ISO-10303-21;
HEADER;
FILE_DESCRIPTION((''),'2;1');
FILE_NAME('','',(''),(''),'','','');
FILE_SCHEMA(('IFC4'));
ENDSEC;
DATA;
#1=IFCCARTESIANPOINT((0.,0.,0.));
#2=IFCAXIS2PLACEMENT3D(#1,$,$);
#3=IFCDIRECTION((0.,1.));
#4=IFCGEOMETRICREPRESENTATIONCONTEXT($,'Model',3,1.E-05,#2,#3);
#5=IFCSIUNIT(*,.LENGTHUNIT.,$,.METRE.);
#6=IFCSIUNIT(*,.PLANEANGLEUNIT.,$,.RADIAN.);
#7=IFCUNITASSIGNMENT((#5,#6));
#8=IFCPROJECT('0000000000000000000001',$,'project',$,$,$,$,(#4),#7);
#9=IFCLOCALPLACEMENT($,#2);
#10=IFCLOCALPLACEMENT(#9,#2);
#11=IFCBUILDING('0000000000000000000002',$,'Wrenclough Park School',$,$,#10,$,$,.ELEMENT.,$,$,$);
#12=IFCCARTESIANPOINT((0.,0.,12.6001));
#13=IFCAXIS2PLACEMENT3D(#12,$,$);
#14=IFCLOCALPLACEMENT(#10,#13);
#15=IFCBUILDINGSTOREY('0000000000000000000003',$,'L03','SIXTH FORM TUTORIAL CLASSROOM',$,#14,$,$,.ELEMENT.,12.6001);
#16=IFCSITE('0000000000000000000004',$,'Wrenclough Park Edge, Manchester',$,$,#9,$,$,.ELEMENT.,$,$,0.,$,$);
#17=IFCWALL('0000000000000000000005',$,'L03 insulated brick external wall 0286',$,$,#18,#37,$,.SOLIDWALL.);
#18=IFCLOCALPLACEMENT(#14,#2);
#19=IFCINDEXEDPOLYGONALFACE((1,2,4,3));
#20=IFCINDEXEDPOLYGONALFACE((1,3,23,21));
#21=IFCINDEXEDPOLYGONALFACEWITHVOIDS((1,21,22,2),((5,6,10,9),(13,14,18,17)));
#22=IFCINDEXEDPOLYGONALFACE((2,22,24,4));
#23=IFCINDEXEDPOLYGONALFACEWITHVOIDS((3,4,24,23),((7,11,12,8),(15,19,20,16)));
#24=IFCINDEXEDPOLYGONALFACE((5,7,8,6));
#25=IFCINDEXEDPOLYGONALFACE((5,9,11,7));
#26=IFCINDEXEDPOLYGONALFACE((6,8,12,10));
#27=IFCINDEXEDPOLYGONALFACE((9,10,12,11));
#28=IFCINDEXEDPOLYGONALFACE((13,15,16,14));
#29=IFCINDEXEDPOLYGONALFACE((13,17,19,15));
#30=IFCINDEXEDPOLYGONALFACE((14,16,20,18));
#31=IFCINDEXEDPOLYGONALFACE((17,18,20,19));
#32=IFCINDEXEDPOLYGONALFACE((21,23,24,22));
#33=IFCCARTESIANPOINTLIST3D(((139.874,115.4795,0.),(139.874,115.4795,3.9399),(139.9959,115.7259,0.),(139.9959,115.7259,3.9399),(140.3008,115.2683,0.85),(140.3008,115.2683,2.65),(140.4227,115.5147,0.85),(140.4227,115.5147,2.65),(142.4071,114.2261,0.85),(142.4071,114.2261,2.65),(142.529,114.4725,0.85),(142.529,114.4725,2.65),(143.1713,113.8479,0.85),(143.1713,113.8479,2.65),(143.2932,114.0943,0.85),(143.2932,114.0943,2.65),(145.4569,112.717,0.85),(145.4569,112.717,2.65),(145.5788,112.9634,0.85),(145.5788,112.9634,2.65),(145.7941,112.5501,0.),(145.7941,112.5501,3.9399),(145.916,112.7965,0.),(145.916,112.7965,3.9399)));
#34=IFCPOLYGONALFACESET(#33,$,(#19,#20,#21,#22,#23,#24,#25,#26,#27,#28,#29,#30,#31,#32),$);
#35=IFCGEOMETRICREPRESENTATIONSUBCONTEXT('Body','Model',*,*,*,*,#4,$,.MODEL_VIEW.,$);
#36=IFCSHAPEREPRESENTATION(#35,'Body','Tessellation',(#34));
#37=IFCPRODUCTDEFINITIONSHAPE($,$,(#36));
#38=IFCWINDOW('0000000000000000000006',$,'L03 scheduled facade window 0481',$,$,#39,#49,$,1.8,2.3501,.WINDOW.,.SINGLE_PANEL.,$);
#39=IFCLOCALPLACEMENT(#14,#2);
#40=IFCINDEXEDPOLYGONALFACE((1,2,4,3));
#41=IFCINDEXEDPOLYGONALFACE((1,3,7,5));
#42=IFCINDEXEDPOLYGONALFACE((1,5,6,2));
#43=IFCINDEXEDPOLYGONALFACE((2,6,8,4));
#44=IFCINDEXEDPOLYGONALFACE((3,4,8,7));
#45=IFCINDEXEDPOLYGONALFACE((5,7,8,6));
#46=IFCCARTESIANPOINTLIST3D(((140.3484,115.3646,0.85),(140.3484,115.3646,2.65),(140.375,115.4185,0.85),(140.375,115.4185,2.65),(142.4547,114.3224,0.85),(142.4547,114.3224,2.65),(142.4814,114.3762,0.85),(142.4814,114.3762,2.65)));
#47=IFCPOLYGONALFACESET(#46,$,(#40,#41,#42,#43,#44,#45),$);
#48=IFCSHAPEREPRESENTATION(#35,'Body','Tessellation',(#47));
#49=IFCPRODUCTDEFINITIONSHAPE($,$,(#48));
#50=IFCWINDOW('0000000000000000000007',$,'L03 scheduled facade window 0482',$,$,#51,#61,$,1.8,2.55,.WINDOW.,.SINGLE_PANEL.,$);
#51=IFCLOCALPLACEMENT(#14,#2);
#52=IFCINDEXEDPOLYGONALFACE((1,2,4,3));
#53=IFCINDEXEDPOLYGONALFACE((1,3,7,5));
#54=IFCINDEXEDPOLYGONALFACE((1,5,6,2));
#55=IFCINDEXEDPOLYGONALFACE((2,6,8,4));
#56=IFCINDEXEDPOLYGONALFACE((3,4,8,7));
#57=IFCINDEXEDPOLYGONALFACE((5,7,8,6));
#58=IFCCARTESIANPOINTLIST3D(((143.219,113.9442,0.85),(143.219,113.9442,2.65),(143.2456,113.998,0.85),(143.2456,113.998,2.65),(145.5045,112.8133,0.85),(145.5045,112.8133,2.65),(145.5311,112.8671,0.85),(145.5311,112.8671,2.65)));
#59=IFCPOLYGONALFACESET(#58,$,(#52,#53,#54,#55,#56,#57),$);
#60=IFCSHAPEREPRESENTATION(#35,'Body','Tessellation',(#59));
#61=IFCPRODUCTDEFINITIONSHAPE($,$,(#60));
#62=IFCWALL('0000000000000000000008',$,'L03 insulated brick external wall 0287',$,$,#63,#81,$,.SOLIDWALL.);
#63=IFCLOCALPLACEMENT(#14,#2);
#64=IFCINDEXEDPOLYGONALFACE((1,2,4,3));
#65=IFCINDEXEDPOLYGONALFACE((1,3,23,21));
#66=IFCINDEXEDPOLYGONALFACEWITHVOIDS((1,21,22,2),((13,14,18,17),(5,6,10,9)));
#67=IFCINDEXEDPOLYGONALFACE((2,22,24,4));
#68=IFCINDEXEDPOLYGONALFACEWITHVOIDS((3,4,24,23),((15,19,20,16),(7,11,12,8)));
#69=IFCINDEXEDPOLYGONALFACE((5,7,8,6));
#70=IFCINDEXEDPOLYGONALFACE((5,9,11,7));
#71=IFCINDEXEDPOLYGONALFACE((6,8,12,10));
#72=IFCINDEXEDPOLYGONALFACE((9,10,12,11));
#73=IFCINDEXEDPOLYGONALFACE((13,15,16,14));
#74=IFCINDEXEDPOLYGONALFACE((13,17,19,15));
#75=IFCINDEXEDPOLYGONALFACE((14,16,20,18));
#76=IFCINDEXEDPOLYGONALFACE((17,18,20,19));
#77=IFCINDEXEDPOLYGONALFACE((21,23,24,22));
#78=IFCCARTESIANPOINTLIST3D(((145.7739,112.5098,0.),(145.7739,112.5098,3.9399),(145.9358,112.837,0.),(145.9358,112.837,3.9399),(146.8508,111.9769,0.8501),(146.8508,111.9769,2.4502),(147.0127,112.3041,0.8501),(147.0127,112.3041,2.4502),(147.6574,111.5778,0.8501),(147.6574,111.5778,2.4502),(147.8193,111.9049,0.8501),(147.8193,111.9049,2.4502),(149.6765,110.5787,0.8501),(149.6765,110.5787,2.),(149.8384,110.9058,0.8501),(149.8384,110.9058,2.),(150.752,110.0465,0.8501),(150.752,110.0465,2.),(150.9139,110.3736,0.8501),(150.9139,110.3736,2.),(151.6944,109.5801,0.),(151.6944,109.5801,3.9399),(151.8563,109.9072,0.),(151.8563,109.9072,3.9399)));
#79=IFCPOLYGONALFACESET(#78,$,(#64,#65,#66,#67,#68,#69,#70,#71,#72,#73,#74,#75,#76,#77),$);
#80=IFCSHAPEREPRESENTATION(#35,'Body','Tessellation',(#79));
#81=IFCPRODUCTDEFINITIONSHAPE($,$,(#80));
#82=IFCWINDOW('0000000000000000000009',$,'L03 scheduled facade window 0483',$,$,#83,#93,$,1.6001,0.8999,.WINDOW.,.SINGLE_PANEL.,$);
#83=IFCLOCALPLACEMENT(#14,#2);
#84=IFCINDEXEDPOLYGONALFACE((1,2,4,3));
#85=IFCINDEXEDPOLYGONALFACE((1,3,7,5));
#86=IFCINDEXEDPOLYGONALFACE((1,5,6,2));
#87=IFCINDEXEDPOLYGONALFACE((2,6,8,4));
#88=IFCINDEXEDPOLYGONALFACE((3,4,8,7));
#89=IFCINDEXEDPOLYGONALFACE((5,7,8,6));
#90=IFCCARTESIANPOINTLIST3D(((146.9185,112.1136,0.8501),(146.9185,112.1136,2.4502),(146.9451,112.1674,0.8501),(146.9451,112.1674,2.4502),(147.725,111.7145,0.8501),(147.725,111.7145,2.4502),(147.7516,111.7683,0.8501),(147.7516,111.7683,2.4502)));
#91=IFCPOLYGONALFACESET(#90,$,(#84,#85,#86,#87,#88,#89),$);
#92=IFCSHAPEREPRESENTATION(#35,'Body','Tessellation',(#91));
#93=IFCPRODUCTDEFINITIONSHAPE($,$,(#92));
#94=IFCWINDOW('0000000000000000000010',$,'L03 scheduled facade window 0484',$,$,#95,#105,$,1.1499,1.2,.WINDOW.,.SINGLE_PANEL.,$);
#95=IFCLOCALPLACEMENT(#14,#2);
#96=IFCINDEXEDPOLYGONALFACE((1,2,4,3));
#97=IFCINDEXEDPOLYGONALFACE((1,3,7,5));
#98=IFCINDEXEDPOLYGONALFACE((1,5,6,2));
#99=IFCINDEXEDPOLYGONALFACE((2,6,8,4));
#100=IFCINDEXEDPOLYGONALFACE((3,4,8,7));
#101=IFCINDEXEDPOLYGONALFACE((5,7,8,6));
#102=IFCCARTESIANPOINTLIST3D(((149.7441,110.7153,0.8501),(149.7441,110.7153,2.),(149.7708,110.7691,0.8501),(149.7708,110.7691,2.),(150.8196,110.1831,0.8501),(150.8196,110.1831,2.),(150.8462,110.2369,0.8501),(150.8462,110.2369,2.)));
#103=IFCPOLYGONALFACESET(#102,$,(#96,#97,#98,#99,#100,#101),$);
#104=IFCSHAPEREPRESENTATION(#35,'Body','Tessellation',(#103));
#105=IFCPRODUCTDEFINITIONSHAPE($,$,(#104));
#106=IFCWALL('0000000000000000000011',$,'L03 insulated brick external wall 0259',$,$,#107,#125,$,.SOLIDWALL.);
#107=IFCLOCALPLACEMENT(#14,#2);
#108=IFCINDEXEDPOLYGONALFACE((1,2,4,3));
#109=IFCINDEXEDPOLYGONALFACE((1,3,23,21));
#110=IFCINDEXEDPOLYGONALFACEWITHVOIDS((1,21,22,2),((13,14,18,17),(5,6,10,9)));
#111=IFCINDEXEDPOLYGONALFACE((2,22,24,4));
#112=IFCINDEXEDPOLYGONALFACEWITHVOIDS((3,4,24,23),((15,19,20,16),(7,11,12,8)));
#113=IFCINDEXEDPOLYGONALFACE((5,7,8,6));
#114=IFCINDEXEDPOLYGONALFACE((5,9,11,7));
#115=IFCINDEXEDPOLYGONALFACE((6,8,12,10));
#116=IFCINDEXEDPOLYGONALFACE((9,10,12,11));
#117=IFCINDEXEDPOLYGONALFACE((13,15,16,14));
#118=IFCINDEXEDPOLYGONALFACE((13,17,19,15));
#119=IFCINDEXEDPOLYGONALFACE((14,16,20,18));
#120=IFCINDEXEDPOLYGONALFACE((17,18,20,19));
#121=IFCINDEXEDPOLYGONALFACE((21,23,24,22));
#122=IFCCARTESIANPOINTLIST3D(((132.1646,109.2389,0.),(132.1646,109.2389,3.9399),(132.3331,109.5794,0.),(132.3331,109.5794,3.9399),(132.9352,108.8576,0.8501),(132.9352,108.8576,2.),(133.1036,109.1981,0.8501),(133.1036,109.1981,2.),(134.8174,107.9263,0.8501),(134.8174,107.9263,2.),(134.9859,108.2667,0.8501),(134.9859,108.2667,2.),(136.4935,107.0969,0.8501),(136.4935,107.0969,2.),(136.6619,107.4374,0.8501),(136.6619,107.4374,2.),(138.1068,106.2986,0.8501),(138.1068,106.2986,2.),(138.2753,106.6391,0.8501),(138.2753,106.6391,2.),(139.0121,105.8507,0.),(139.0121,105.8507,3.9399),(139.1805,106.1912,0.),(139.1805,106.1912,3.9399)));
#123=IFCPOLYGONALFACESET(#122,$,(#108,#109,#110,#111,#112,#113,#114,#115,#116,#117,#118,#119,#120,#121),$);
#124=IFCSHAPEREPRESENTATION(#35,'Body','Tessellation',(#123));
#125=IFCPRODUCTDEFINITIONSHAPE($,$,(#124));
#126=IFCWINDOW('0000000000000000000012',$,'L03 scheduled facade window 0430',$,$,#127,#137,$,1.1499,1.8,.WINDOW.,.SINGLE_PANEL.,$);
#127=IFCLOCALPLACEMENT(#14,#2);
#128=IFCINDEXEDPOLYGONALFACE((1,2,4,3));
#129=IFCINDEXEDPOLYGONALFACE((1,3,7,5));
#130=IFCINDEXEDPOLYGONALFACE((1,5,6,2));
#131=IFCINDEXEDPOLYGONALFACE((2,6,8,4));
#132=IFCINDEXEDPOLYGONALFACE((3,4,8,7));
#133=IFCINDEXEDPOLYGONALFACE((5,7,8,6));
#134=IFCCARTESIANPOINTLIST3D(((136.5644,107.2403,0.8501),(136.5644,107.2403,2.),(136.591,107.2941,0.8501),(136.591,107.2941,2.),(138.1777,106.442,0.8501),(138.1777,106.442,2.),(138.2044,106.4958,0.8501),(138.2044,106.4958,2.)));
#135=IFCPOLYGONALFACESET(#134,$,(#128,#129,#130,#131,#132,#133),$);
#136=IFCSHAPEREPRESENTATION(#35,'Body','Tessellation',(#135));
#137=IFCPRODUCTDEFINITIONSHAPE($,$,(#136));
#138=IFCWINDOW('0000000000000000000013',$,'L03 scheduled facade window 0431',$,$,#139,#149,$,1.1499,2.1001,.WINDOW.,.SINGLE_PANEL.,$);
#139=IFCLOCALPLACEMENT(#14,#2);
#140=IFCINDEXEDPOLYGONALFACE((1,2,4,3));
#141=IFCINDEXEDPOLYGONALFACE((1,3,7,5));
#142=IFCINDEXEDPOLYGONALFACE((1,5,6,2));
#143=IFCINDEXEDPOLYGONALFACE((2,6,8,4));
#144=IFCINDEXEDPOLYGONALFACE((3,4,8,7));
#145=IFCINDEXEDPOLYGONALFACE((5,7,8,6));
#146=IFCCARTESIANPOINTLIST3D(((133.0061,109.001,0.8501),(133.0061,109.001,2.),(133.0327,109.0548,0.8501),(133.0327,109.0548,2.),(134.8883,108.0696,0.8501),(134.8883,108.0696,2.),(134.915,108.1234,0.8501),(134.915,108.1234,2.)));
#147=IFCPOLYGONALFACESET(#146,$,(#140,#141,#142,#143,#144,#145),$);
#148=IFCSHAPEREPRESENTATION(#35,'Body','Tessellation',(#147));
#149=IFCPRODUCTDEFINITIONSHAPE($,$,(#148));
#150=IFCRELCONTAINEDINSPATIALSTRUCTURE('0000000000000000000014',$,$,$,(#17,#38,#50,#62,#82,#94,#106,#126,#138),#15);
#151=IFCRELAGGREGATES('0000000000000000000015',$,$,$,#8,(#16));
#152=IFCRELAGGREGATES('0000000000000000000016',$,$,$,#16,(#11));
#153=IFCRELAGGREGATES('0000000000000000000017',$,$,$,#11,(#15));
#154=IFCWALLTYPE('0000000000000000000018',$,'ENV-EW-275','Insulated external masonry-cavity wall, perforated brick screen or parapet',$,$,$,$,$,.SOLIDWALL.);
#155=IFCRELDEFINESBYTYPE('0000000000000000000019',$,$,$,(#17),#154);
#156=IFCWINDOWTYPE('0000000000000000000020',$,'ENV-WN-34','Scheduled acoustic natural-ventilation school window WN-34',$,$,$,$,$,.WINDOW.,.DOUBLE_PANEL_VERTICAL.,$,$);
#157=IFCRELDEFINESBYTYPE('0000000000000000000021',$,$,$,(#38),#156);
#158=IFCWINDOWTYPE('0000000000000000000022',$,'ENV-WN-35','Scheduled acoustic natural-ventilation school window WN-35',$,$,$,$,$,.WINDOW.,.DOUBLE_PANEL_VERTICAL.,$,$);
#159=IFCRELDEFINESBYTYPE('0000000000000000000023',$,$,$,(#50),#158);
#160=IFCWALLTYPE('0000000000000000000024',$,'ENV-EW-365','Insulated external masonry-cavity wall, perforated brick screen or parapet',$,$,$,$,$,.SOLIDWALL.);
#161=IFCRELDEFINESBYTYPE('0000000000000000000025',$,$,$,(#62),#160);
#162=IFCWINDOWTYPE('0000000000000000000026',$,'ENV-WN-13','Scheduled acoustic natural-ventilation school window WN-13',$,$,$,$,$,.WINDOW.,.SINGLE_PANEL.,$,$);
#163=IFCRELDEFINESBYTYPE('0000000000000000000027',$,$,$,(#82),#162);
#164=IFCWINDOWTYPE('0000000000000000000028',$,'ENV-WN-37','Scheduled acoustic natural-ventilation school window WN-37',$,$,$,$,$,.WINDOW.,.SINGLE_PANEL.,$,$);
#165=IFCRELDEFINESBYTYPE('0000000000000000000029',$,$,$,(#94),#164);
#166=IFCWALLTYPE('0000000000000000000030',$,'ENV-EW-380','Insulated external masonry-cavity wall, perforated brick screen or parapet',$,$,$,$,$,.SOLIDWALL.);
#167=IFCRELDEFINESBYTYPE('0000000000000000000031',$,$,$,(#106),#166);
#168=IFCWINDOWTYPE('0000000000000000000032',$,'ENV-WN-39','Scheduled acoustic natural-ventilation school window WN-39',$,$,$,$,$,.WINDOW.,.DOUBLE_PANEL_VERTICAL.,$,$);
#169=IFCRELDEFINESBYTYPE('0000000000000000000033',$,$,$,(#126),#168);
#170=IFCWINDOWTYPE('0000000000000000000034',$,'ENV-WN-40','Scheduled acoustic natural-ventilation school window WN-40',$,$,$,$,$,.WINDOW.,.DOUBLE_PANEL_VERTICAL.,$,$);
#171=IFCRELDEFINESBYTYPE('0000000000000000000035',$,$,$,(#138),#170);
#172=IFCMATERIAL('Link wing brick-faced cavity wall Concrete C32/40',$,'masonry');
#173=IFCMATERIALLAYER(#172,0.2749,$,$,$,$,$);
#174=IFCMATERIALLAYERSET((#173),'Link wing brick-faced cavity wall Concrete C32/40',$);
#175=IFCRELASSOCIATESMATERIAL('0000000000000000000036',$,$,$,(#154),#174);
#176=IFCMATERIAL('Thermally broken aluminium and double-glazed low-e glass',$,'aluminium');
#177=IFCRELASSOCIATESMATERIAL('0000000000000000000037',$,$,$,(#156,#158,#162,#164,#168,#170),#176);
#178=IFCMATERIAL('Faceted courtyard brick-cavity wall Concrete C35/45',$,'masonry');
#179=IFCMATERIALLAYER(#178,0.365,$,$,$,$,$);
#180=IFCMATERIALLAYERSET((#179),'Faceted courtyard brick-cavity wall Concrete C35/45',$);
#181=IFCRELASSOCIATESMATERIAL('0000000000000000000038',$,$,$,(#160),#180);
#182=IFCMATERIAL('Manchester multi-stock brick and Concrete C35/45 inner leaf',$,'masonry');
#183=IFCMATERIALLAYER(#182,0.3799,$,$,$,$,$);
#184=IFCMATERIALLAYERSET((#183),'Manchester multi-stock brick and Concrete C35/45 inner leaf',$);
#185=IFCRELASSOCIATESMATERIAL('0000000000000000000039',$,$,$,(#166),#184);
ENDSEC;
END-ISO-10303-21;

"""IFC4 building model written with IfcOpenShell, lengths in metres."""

from ifc_helpers import new_model, si_unit, direction, frame, frame_2d, origin, place, context, subcontext, project, spatial, rectangle, extrude, material, layer, layer_set, type_object, element, fill, save


model = new_model("IFC4")

# Units and contexts
model_context = context("Model", 3, precision=1e-05, world=origin(), true_north=direction((0.0, 1.0)))
body_context = subcontext(model_context, "Body", "Model", "MODEL_VIEW")
ifc_project = project(units=[si_unit("LENGTHUNIT", "METRE"), si_unit("PLANEANGLEUNIT", "RADIAN")], contexts=[model_context])

# Site, building, storey
site_placement = place(None, origin())
site = spatial("IfcSite", under=ifc_project, at=site_placement, Name="Wrenclough Park Edge, Manchester", CompositionType="ELEMENT", RefElevation=0.0)
building_placement = place(site_placement, origin())
building = spatial("IfcBuilding", under=site, at=building_placement, Name="Wrenclough Park School", CompositionType="ELEMENT")
storey_placement = place(building_placement, frame((0.0, 0.0, 12.6001)))
storey = spatial("IfcBuildingStorey", under=building, at=storey_placement, Name="L03", Description="SIXTH FORM TUTORIAL CLASSROOM", CompositionType="ELEMENT", Elevation=12.6001)

# Walls, openings, windows
ifc_material_1 = material(Name="Link wing brick-faced cavity wall Concrete C32/40", Category="masonry")
ifc_layer_1 = layer(ifc_material_1, 0.2749)
ifc_layer_set_1 = layer_set([ifc_layer_1], Name="Link wing brick-faced cavity wall Concrete C32/40")
wall_type_1 = type_object("IfcWallType", Name="ENV-EW-275", Description="Insulated external masonry-cavity wall, perforated brick screen or parapet", PredefinedType="SOLIDWALL", material=ifc_layer_set_1)
wall_1_placement = place(storey_placement, frame((139.9348, 115.6028, 0.0), z_axis=(0.0, 0.0, 1.0), x_axis=(0.896275, -0.443499, 0.0)))
wall_1 = element("IfcWall", 1, at=wall_1_placement, inside=storey, type_object=wall_type_1, Name="L03 insulated brick external wall 0286", PredefinedType="SOLIDWALL", context=body_context, shape_type="SweptSolid", body=[
    extrude(rectangle(XDim=6.6052, YDim=0.2749, at=frame_2d((3.3027, 0.0))), origin(), (0.0, 0.0, 1.0), 3.9399),
])
opening_1_placement = place(wall_1_placement, frame((0.4763, 0.0, 0.8501)))
opening_1 = element("IfcOpeningElement", 2, at=opening_1_placement, cuts=wall_1, PredefinedType="OPENING", context=body_context, shape_type="SweptSolid", body=[
    extrude(rectangle(XDim=2.3501, YDim=1.8, at=frame_2d((1.175, 0.8999))), frame((0.0, 0.1475, 0.0), z_axis=(0.0, -1.0, 0.0), x_axis=(1.0, 0.0, 0.0)), (0.0, 0.0, 1.0), 0.2949),
])
opening_2_placement = place(wall_1_placement, frame((3.6792, 0.0, 0.8501)))
opening_2 = element("IfcOpeningElement", 3, at=opening_2_placement, cuts=wall_1, PredefinedType="OPENING", context=body_context, shape_type="SweptSolid", body=[
    extrude(rectangle(XDim=2.55, YDim=1.8, at=frame_2d((1.2749, 0.8999))), frame((0.0, 0.1475, 0.0), z_axis=(0.0, -1.0, 0.0), x_axis=(1.0, 0.0, 0.0)), (0.0, 0.0, 1.0), 0.2949),
])
ifc_material_2 = material(Name="Thermally broken aluminium and double-glazed low-e glass", Category="aluminium")
window_type_1 = type_object("IfcWindowType", Name="ENV-WN-34", Description="Scheduled acoustic natural-ventilation school window WN-34", PartitioningType="DOUBLE_PANEL_VERTICAL", PredefinedType="WINDOW", material=ifc_material_2)
window_1_placement = place(opening_1_placement, origin())
window_1 = element("IfcWindow", 4, at=window_1_placement, inside=storey, type_object=window_type_1, Name="L03 scheduled facade window 0481", OverallHeight=1.8, OverallWidth=2.3501, PartitioningType="SINGLE_PANEL", PredefinedType="WINDOW", context=body_context, shape_type="SweptSolid", body=[
    extrude(rectangle(XDim=2.3501, YDim=1.8, at=frame_2d((1.175, 0.8999))), frame((0.0, 0.03, 0.0), z_axis=(0.0, -1.0, 0.0), x_axis=(1.0, 0.0, 0.0)), (0.0, 0.0, 1.0), 0.0601),
])
fill(opening_1, window_1)
window_type_2 = type_object("IfcWindowType", Name="ENV-WN-35", Description="Scheduled acoustic natural-ventilation school window WN-35", PartitioningType="DOUBLE_PANEL_VERTICAL", PredefinedType="WINDOW", material=ifc_material_2)
window_2_placement = place(opening_2_placement, origin())
window_2 = element("IfcWindow", 5, at=window_2_placement, inside=storey, type_object=window_type_2, Name="L03 scheduled facade window 0482", OverallHeight=1.8, OverallWidth=2.55, PartitioningType="SINGLE_PANEL", PredefinedType="WINDOW", context=body_context, shape_type="SweptSolid", body=[
    extrude(rectangle(XDim=2.55, YDim=1.8, at=frame_2d((1.2749, 0.8999))), frame((0.0, 0.03, 0.0), z_axis=(0.0, -1.0, 0.0), x_axis=(1.0, 0.0, 0.0)), (0.0, 0.0, 1.0), 0.0601),
])
fill(opening_2, window_2)
ifc_material_3 = material(Name="Faceted courtyard brick-cavity wall Concrete C35/45", Category="masonry")
ifc_layer_2 = layer(ifc_material_3, 0.365)
ifc_layer_set_2 = layer_set([ifc_layer_2], Name="Faceted courtyard brick-cavity wall Concrete C35/45")
wall_type_2 = type_object("IfcWallType", Name="ENV-EW-365", Description="Insulated external masonry-cavity wall, perforated brick screen or parapet", PredefinedType="SOLIDWALL", material=ifc_layer_set_2)
wall_2_placement = place(storey_placement, frame((145.855, 112.6733, 0.0), z_axis=(0.0, 0.0, 1.0), x_axis=(0.896268, -0.443514, 0.0)))
wall_2 = element("IfcWall", 6, at=wall_2_placement, inside=storey, type_object=wall_type_2, Name="L03 insulated brick external wall 0287", PredefinedType="SOLIDWALL", context=body_context, shape_type="SweptSolid", body=[
    extrude(rectangle(XDim=6.6057, YDim=0.365, at=frame_2d((3.3027, 0.0))), origin(), (0.0, 0.0, 1.0), 3.9399),
])
opening_3_placement = place(wall_2_placement, frame((1.2014, 0.0, 0.8501)))
opening_3 = element("IfcOpeningElement", 7, at=opening_3_placement, cuts=wall_2, PredefinedType="OPENING", context=body_context, shape_type="SweptSolid", body=[
    extrude(rectangle(XDim=0.8999, YDim=1.6001, at=frame_2d((0.45, 0.8))), frame((0.0, 0.1924, 0.0), z_axis=(0.0, -1.0, 0.0), x_axis=(1.0, 0.0, 0.0)), (0.0, 0.0, 1.0), 0.385),
])
opening_4_placement = place(wall_2_placement, frame((4.354, 0.0, 0.8501)))
opening_4 = element("IfcOpeningElement", 8, at=opening_4_placement, cuts=wall_2, PredefinedType="OPENING", context=body_context, shape_type="SweptSolid", body=[
    extrude(rectangle(XDim=1.2, YDim=1.1499, at=frame_2d((0.6001, 0.575))), frame((0.0, 0.1924, 0.0), z_axis=(0.0, -1.0, 0.0), x_axis=(1.0, 0.0, 0.0)), (0.0, 0.0, 1.0), 0.385),
])
window_type_3 = type_object("IfcWindowType", Name="ENV-WN-13", Description="Scheduled acoustic natural-ventilation school window WN-13", PartitioningType="SINGLE_PANEL", PredefinedType="WINDOW", material=ifc_material_2)
window_3_placement = place(opening_3_placement, origin())
window_3 = element("IfcWindow", 9, at=window_3_placement, inside=storey, type_object=window_type_3, Name="L03 scheduled facade window 0483", OverallHeight=1.6001, OverallWidth=0.8999, PartitioningType="SINGLE_PANEL", PredefinedType="WINDOW", context=body_context, shape_type="SweptSolid", body=[
    extrude(rectangle(XDim=0.8999, YDim=1.6001, at=frame_2d((0.45, 0.8))), frame((0.0, 0.03, 0.0), z_axis=(0.0, -1.0, 0.0), x_axis=(1.0, 0.0, 0.0)), (0.0, 0.0, 1.0), 0.0601),
])
fill(opening_3, window_3)
window_type_4 = type_object("IfcWindowType", Name="ENV-WN-37", Description="Scheduled acoustic natural-ventilation school window WN-37", PartitioningType="SINGLE_PANEL", PredefinedType="WINDOW", material=ifc_material_2)
window_4_placement = place(opening_4_placement, origin())
window_4 = element("IfcWindow", 10, at=window_4_placement, inside=storey, type_object=window_type_4, Name="L03 scheduled facade window 0484", OverallHeight=1.1499, OverallWidth=1.2, PartitioningType="SINGLE_PANEL", PredefinedType="WINDOW", context=body_context, shape_type="SweptSolid", body=[
    extrude(rectangle(XDim=1.2, YDim=1.1499, at=frame_2d((0.6001, 0.575))), frame((0.0, 0.03, 0.0), z_axis=(0.0, -1.0, 0.0), x_axis=(1.0, 0.0, 0.0)), (0.0, 0.0, 1.0), 0.0601),
])
fill(opening_4, window_4)
ifc_material_4 = material(Name="Manchester multi-stock brick and Concrete C35/45 inner leaf", Category="masonry")
ifc_layer_3 = layer(ifc_material_4, 0.3799)
ifc_layer_set_3 = layer_set([ifc_layer_3], Name="Manchester multi-stock brick and Concrete C35/45 inner leaf")
wall_type_3 = type_object("IfcWallType", Name="ENV-EW-380", Description="Insulated external masonry-cavity wall, perforated brick screen or parapet", PredefinedType="SOLIDWALL", material=ifc_layer_set_3)
wall_3_placement = place(storey_placement, frame((139.0962, 106.021, 0.0), z_axis=(0.0, 0.0, 1.0), x_axis=(-0.896279, 0.44349, 0.0)))
wall_3 = element("IfcWall", 11, at=wall_3_placement, inside=storey, type_object=wall_type_3, Name="L03 insulated brick external wall 0259", PredefinedType="SOLIDWALL", context=body_context, shape_type="SweptSolid", body=[
    extrude(rectangle(XDim=7.6399, YDim=0.3799, at=frame_2d((3.8198, 0.0))), origin(), (0.0, 0.0, 1.0), 3.9399),
])
opening_5_placement = place(wall_3_placement, frame((1.01, 0.0, 0.8501)))
opening_5 = element("IfcOpeningElement", 12, at=opening_5_placement, cuts=wall_3, PredefinedType="OPENING", context=body_context, shape_type="SweptSolid", body=[
    extrude(rectangle(XDim=1.8, YDim=1.1499, at=frame_2d((0.8999, 0.575))), frame((0.0, 0.2, 0.0), z_axis=(0.0, -1.0, 0.0), x_axis=(1.0, 0.0, 0.0)), (0.0, 0.0, 1.0), 0.3999),
])
opening_6_placement = place(wall_3_placement, frame((4.6799, 0.0, 0.8501)))
opening_6 = element("IfcOpeningElement", 13, at=opening_6_placement, cuts=wall_3, PredefinedType="OPENING", context=body_context, shape_type="SweptSolid", body=[
    extrude(rectangle(XDim=2.1001, YDim=1.1499, at=frame_2d((1.05, 0.575))), frame((0.0, 0.2, 0.0), z_axis=(0.0, -1.0, 0.0), x_axis=(1.0, 0.0, 0.0)), (0.0, 0.0, 1.0), 0.3999),
])
window_type_5 = type_object("IfcWindowType", Name="ENV-WN-39", Description="Scheduled acoustic natural-ventilation school window WN-39", PartitioningType="DOUBLE_PANEL_VERTICAL", PredefinedType="WINDOW", material=ifc_material_2)
window_5_placement = place(opening_5_placement, origin())
window_5 = element("IfcWindow", 14, at=window_5_placement, inside=storey, type_object=window_type_5, Name="L03 scheduled facade window 0430", OverallHeight=1.1499, OverallWidth=1.8, PartitioningType="SINGLE_PANEL", PredefinedType="WINDOW", context=body_context, shape_type="SweptSolid", body=[
    extrude(rectangle(XDim=1.8, YDim=1.1499, at=frame_2d((0.8999, 0.575))), frame((0.0, 0.03, 0.0), z_axis=(0.0, -1.0, 0.0), x_axis=(1.0, 0.0, 0.0)), (0.0, 0.0, 1.0), 0.0601),
])
fill(opening_5, window_5)
window_type_6 = type_object("IfcWindowType", Name="ENV-WN-40", Description="Scheduled acoustic natural-ventilation school window WN-40", PartitioningType="DOUBLE_PANEL_VERTICAL", PredefinedType="WINDOW", material=ifc_material_2)
window_6_placement = place(opening_6_placement, origin())
window_6 = element("IfcWindow", 15, at=window_6_placement, inside=storey, type_object=window_type_6, Name="L03 scheduled facade window 0431", OverallHeight=1.1499, OverallWidth=2.1001, PartitioningType="SINGLE_PANEL", PredefinedType="WINDOW", context=body_context, shape_type="SweptSolid", body=[
    extrude(rectangle(XDim=2.1001, YDim=1.1499, at=frame_2d((1.05, 0.575))), frame((0.0, 0.03, 0.0), z_axis=(0.0, -1.0, 0.0), x_axis=(1.0, 0.0, 0.0)), (0.0, 0.0, 1.0), 0.0601),
])
fill(opening_6, window_6)

save(model, "model.ifc")
